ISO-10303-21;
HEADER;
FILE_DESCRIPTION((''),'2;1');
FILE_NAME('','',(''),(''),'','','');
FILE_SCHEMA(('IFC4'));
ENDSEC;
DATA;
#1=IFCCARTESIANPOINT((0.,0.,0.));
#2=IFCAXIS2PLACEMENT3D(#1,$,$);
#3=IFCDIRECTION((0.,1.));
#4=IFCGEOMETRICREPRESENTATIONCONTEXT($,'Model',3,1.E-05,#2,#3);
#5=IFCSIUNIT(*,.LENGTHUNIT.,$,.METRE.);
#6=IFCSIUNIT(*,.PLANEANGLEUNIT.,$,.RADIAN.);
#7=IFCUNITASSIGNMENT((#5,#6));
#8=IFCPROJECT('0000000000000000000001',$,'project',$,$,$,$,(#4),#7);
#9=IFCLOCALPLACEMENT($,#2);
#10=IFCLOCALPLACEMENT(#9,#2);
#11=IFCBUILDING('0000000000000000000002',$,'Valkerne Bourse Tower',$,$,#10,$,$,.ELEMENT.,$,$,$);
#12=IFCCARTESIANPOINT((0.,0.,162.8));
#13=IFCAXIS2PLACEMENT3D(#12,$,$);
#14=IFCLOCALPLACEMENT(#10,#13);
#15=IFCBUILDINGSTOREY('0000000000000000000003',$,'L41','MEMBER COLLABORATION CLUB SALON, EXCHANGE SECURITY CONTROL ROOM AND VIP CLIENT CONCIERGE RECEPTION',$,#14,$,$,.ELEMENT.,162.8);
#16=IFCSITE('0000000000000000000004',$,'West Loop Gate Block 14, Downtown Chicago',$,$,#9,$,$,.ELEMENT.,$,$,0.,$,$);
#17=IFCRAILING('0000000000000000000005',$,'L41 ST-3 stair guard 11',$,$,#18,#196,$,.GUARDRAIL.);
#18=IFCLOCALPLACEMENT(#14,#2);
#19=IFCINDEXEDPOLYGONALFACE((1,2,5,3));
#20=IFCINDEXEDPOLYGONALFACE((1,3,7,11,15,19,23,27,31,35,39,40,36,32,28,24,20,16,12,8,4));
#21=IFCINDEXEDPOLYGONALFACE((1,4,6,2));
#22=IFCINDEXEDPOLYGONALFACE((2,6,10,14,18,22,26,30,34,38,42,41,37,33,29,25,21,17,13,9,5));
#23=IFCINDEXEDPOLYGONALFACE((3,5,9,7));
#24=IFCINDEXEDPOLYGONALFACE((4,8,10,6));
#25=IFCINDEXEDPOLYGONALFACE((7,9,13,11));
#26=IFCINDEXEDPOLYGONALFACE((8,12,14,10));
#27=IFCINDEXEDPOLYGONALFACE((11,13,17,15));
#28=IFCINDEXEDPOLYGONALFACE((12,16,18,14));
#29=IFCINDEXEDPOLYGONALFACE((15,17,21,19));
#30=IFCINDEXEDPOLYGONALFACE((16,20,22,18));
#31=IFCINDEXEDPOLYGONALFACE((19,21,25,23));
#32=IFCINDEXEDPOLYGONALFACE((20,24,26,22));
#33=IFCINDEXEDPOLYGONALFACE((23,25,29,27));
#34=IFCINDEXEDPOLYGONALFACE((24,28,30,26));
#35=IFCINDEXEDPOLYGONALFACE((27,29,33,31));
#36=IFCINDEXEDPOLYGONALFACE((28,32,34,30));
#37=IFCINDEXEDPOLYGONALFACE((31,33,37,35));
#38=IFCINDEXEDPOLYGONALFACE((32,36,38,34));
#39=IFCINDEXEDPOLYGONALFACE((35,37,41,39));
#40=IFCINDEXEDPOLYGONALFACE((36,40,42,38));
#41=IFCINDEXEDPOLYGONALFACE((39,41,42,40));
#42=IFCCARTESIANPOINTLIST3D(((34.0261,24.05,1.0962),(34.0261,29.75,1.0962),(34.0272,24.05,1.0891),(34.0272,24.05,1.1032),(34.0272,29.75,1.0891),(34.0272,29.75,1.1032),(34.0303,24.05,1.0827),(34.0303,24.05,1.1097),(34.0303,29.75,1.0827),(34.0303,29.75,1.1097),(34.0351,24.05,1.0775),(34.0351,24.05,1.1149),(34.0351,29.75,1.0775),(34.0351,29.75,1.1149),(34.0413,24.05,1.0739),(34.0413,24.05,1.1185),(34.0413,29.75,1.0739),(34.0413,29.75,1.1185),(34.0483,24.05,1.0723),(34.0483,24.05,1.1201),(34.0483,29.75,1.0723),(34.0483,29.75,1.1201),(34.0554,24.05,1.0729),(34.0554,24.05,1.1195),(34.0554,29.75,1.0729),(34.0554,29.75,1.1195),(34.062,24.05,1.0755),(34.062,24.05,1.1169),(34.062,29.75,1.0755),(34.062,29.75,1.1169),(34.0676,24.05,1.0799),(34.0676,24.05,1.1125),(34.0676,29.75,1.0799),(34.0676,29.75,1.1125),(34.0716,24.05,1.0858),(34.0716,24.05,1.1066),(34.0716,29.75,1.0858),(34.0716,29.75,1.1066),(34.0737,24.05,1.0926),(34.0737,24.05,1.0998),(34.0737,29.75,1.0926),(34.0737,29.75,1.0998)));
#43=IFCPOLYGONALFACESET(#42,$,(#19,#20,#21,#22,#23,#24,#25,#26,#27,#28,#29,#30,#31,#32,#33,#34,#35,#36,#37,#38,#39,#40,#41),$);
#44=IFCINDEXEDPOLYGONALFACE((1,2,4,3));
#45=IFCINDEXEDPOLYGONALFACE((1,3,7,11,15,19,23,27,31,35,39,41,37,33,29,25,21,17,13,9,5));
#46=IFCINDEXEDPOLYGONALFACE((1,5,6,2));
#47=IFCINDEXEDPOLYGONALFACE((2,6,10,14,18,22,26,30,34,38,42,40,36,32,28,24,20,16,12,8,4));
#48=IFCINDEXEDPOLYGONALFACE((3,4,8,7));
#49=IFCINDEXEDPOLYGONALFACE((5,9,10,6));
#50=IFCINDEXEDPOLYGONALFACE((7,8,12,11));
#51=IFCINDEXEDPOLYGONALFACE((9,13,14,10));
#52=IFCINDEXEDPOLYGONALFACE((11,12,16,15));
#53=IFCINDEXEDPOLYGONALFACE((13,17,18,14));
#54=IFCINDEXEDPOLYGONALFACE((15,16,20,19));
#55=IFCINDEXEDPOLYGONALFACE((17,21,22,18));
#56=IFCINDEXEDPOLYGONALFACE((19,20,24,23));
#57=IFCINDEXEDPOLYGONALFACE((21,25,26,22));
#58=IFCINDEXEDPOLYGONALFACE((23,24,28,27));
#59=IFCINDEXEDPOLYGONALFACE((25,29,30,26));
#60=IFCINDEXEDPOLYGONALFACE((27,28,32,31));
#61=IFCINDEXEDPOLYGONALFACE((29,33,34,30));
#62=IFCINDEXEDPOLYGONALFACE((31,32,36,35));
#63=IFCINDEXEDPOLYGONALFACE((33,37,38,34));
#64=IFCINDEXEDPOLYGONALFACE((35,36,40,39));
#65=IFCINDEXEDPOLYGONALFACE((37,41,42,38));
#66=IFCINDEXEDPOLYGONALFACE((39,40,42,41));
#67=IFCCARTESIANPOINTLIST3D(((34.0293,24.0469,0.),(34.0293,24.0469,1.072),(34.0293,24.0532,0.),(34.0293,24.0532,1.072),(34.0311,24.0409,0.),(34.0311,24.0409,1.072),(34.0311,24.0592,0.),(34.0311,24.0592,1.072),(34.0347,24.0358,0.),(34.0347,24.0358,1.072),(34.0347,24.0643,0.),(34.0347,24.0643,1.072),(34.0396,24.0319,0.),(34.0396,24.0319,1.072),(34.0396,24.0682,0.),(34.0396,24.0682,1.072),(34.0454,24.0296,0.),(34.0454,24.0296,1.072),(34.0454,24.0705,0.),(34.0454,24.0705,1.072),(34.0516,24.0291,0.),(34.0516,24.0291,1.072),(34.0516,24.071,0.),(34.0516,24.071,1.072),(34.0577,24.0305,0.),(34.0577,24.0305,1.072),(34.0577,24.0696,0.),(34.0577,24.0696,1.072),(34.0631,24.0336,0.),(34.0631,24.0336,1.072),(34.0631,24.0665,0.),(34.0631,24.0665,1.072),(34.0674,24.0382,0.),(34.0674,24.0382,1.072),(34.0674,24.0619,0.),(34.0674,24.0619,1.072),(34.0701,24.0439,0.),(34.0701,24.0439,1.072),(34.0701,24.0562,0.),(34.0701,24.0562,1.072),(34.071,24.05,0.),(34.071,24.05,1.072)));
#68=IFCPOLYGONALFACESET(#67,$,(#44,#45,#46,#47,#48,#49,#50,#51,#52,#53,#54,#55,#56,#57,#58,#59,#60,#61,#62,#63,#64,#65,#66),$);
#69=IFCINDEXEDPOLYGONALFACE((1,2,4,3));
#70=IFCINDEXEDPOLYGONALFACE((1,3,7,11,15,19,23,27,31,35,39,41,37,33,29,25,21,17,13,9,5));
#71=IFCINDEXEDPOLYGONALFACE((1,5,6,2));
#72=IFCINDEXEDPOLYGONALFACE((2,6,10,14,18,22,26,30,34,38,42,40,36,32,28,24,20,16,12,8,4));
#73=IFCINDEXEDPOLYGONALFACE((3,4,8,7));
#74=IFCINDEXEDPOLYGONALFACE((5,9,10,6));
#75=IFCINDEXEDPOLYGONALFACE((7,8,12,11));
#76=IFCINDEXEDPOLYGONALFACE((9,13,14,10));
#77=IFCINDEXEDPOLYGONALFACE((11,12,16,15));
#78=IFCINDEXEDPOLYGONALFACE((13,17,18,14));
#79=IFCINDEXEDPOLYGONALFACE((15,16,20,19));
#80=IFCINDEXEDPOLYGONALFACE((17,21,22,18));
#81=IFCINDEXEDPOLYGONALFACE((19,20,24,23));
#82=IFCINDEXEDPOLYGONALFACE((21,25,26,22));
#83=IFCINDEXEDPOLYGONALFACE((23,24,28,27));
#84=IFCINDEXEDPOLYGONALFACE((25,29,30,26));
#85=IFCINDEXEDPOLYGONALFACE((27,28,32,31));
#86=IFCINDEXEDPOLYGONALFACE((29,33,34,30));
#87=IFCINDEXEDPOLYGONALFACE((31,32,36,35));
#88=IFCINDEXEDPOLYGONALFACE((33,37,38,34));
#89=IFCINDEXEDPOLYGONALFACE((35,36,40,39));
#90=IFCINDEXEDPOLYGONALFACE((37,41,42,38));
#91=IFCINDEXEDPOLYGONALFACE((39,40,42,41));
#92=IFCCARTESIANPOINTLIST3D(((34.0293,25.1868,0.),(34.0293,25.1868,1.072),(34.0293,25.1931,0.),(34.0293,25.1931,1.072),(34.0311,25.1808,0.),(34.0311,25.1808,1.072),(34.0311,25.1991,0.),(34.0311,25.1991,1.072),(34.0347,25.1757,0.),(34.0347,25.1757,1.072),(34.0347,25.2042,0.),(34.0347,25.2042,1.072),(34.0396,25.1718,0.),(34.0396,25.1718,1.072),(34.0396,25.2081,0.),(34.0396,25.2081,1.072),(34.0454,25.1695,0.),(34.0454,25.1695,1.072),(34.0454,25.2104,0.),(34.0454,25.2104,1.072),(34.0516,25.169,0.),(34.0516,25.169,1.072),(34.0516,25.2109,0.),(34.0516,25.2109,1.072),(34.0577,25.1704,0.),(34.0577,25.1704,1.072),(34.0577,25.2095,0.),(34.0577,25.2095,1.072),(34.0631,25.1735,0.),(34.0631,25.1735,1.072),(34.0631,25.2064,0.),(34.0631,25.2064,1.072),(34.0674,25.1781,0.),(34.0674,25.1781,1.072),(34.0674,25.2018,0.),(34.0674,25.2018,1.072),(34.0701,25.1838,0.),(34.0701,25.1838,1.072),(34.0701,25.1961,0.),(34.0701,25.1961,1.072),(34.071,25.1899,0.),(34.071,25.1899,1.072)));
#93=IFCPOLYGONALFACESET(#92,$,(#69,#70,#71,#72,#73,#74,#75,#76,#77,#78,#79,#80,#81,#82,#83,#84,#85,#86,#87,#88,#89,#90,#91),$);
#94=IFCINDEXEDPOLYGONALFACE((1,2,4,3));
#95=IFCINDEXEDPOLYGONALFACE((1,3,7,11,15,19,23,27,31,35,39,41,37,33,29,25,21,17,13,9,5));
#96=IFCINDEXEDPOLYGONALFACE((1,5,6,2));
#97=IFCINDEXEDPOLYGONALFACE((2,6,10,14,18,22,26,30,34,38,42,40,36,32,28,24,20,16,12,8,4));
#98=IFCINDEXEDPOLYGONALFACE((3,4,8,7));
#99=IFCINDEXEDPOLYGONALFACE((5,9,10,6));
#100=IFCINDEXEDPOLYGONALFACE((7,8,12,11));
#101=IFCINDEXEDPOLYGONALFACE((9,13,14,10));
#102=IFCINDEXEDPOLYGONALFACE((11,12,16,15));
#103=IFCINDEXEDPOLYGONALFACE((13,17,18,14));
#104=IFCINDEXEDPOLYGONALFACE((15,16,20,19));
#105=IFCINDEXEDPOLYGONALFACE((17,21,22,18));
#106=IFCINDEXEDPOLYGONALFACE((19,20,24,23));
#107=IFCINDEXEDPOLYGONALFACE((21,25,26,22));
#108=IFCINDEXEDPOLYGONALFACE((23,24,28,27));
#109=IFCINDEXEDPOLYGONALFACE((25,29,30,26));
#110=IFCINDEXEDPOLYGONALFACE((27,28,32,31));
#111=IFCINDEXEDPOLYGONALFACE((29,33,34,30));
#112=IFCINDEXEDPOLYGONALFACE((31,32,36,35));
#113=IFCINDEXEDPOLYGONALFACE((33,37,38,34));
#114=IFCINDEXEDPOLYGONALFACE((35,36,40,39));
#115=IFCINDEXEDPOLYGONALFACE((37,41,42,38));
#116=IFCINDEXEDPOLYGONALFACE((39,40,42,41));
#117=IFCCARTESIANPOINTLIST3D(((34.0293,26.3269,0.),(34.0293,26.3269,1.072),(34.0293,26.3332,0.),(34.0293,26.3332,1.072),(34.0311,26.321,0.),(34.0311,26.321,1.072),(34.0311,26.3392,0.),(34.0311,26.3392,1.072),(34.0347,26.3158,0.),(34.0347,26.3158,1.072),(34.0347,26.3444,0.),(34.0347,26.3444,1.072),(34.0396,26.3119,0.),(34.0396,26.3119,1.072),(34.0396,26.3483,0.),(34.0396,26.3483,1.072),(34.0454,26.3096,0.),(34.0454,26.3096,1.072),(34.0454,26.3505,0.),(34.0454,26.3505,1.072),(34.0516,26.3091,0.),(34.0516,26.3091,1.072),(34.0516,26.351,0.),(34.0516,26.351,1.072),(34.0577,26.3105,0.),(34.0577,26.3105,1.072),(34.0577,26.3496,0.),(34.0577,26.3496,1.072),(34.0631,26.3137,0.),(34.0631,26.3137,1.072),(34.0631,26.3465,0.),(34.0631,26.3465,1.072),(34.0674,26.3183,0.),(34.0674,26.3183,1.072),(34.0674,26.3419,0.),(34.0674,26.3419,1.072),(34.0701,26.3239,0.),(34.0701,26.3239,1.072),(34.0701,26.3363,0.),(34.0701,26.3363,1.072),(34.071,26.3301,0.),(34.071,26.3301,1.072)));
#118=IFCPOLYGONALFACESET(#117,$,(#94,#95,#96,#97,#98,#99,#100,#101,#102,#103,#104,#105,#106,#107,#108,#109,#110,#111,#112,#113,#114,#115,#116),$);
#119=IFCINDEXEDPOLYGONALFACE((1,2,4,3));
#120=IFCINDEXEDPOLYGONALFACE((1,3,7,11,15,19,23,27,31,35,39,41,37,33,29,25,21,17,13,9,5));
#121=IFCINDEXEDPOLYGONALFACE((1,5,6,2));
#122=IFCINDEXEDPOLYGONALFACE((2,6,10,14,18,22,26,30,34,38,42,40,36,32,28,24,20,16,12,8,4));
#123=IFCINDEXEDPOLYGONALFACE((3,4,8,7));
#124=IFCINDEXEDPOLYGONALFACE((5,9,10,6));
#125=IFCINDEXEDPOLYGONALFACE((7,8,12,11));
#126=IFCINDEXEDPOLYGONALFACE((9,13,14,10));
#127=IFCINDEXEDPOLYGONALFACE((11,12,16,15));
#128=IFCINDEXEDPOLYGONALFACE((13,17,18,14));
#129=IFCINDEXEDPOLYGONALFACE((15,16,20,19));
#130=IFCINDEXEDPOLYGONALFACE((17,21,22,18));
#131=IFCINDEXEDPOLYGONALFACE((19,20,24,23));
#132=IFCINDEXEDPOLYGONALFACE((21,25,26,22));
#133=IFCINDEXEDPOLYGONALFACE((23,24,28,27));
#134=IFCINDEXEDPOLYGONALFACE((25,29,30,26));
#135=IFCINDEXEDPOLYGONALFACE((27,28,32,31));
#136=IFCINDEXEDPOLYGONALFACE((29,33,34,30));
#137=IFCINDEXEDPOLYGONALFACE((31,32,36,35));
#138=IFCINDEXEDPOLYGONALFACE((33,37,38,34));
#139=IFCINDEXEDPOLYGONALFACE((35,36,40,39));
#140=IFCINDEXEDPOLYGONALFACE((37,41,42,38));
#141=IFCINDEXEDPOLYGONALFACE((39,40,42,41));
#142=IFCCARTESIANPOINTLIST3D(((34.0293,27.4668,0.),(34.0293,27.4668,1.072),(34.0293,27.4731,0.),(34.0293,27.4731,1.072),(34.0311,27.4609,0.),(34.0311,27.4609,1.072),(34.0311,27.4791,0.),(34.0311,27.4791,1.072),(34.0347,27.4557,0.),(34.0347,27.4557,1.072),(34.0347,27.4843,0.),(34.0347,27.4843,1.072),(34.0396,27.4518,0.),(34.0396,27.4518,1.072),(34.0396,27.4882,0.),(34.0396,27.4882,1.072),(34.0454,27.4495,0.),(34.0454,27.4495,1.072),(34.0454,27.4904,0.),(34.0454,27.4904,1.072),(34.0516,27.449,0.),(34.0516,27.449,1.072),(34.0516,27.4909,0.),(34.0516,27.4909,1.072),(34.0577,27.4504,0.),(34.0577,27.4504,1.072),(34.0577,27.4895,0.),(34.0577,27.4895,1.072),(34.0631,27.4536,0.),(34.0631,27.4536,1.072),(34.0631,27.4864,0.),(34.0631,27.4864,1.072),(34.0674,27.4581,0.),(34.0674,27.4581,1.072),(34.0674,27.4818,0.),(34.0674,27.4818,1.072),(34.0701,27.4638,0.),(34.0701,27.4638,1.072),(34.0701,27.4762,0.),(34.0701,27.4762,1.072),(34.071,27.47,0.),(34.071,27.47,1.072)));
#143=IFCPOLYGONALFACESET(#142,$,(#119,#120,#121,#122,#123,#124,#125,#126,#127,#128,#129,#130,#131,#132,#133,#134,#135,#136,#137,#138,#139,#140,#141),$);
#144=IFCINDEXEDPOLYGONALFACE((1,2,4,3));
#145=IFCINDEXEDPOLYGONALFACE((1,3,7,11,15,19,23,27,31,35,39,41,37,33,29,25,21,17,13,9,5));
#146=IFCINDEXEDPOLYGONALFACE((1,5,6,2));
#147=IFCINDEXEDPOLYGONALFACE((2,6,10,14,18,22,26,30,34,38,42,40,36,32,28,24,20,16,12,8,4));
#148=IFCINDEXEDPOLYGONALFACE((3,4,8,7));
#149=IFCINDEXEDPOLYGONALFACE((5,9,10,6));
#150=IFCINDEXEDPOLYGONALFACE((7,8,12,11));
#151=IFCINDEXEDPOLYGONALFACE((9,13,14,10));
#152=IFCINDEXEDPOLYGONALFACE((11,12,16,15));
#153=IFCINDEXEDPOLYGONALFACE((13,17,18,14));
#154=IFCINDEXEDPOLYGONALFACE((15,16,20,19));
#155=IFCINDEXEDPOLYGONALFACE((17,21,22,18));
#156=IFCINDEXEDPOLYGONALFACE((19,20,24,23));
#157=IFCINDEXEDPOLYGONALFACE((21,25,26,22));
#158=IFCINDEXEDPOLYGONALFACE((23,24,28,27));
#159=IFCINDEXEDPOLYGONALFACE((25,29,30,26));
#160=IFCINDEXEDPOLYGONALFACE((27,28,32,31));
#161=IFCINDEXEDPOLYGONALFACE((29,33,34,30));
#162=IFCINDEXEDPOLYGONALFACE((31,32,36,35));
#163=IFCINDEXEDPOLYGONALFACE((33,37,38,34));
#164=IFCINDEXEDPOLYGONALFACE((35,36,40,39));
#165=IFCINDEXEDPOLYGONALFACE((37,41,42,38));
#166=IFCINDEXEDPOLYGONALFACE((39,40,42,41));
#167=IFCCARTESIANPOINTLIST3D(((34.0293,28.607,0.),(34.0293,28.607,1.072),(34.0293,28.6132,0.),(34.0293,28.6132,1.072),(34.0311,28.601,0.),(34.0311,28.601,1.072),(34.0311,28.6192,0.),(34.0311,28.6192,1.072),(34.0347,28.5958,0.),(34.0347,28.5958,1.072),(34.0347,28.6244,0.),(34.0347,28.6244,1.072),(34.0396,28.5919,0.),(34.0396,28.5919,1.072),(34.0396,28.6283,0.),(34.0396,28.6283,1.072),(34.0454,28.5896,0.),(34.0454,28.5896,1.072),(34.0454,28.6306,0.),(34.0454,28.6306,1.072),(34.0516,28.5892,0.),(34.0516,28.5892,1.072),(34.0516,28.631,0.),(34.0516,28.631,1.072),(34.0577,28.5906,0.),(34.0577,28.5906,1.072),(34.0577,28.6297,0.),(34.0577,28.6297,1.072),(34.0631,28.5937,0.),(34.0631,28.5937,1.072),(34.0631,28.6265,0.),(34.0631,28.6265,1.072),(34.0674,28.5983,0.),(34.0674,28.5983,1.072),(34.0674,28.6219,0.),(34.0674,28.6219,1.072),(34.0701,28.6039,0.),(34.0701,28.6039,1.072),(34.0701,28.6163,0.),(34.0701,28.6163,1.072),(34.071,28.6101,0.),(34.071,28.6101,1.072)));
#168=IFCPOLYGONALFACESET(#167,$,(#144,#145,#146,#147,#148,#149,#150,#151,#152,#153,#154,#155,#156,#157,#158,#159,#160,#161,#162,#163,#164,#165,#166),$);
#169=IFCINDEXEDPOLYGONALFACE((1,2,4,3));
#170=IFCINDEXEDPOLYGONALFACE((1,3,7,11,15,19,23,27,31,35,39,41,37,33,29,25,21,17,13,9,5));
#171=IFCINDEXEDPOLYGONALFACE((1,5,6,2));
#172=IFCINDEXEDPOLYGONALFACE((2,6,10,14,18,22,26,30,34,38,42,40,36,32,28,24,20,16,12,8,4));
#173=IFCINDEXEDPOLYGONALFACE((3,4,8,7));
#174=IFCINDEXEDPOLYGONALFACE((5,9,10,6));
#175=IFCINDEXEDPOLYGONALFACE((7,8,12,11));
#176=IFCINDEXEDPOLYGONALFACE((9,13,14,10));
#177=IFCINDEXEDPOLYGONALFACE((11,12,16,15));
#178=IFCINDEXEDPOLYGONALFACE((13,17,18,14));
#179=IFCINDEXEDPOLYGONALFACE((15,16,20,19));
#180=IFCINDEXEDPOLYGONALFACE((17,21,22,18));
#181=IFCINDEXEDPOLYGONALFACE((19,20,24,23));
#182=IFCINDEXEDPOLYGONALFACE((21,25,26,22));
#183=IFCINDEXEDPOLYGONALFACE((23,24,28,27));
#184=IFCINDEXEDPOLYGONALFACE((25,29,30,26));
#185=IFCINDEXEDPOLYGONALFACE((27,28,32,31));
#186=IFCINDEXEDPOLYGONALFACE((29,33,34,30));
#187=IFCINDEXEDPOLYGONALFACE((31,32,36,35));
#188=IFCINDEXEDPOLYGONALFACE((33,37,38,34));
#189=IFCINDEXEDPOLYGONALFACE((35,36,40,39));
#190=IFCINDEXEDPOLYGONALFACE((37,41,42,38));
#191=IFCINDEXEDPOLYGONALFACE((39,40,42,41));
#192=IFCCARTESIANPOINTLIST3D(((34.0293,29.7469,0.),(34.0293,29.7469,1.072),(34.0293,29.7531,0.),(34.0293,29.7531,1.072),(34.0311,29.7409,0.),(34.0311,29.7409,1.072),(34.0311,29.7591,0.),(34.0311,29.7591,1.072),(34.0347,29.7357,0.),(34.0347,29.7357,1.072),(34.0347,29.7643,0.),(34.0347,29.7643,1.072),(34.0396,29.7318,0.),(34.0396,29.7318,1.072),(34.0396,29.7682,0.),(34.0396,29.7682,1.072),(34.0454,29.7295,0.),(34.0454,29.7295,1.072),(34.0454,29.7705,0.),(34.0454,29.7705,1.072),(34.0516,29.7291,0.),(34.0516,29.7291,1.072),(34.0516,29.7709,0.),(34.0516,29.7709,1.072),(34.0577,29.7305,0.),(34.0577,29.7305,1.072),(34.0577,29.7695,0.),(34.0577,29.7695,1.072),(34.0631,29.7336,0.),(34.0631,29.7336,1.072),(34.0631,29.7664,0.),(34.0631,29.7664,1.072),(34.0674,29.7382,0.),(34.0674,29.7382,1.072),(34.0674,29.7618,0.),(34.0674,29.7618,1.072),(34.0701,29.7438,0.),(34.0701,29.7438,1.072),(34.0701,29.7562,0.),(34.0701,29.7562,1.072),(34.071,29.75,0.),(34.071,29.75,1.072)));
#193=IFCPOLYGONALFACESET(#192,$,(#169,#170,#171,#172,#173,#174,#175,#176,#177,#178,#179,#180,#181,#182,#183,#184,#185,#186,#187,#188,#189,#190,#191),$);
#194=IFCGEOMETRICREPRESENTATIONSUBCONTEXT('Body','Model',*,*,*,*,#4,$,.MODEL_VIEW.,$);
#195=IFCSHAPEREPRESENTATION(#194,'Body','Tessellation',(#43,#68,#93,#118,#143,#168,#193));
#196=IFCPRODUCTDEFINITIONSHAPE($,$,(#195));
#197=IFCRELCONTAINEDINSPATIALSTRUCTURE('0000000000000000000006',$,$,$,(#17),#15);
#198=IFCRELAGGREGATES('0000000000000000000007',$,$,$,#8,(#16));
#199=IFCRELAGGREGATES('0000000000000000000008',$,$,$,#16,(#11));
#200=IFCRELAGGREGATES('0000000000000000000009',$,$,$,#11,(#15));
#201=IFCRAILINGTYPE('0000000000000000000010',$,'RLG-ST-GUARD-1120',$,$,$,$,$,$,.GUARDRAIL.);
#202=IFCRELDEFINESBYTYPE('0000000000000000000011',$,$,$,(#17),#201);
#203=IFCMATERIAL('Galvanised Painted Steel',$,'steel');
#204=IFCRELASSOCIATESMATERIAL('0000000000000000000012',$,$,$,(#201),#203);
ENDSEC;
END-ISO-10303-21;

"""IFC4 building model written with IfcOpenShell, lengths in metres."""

from ifc_helpers import new_model, si_unit, direction, frame, origin, origin_2d, place, context, subcontext, project, spatial, circle, extrude, material, type_object, element, save


model = new_model("IFC4")

# Units and contexts
model_context = context("Model", 3, precision=1e-05, world=origin(), true_north=direction((0.0, 1.0)))
body_context = subcontext(model_context, "Body", "Model", "MODEL_VIEW")
ifc_project = project(units=[si_unit("LENGTHUNIT", "METRE"), si_unit("PLANEANGLEUNIT", "RADIAN")], contexts=[model_context])

# Site, building, storey
site_placement = place(None, origin())
site = spatial("IfcSite", under=ifc_project, at=site_placement, Name="West Loop Gate Block 14, Downtown Chicago", CompositionType="ELEMENT", RefElevation=0.0)
building_placement = place(site_placement, origin())
building = spatial("IfcBuilding", under=site, at=building_placement, Name="Valkerne Bourse Tower", CompositionType="ELEMENT")
storey_placement = place(building_placement, frame((0.0, 0.0, 162.8)))
storey = spatial("IfcBuildingStorey", under=building, at=storey_placement, Name="L41", Description="MEMBER COLLABORATION CLUB SALON, EXCHANGE SECURITY CONTROL ROOM AND VIP CLIENT CONCIERGE RECEPTION", CompositionType="ELEMENT", Elevation=162.8)

# Shared definitions
ifc_material_1 = material(Name="Galvanised Painted Steel", Category="steel")

# Railing
railing_type = type_object("IfcRailingType", Name="RLG-ST-GUARD-1120", PredefinedType="GUARDRAIL", material=ifc_material_1)
for number, where, name in (
    (1, (34.05, 24.05, 0.0), "L41 ST-3 stair guard 11"),
):
    element("IfcRailing", number, at=place(storey_placement, frame(where)), inside=storey, type_object=railing_type, Name=name, PredefinedType="GUARDRAIL", context=body_context, shape_type="SweptSolid", body=[
        extrude(circle(Radius=0.0239, at=origin_2d()), frame((0.0, 0.0, 1.0962), z_axis=(0.0, 1.0, 0.0), x_axis=(-1.0, 0.0, 0.0)), (0.0, 0.0, 1.0), 5.7),
        extrude(circle(Radius=0.021, at=origin_2d()), origin(), (0.0, 0.0, 1.0), 1.072),
        extrude(circle(Radius=0.021, at=origin_2d()), frame((0.0, 1.1399, 0.0)), (0.0, 0.0, 1.0), 1.072),
        extrude(circle(Radius=0.021, at=origin_2d()), frame((0.0, 2.28, 0.0)), (0.0, 0.0, 1.0), 1.072),
        extrude(circle(Radius=0.021, at=origin_2d()), frame((0.0, 3.4199, 0.0)), (0.0, 0.0, 1.0), 1.072),
        extrude(circle(Radius=0.021, at=origin_2d()), frame((0.0, 4.5601, 0.0)), (0.0, 0.0, 1.0), 1.072),
        extrude(circle(Radius=0.021, at=origin_2d()), frame((0.0, 5.7, 0.0)), (0.0, 0.0, 1.0), 1.072),
    ])

save(model, "model.ifc")
